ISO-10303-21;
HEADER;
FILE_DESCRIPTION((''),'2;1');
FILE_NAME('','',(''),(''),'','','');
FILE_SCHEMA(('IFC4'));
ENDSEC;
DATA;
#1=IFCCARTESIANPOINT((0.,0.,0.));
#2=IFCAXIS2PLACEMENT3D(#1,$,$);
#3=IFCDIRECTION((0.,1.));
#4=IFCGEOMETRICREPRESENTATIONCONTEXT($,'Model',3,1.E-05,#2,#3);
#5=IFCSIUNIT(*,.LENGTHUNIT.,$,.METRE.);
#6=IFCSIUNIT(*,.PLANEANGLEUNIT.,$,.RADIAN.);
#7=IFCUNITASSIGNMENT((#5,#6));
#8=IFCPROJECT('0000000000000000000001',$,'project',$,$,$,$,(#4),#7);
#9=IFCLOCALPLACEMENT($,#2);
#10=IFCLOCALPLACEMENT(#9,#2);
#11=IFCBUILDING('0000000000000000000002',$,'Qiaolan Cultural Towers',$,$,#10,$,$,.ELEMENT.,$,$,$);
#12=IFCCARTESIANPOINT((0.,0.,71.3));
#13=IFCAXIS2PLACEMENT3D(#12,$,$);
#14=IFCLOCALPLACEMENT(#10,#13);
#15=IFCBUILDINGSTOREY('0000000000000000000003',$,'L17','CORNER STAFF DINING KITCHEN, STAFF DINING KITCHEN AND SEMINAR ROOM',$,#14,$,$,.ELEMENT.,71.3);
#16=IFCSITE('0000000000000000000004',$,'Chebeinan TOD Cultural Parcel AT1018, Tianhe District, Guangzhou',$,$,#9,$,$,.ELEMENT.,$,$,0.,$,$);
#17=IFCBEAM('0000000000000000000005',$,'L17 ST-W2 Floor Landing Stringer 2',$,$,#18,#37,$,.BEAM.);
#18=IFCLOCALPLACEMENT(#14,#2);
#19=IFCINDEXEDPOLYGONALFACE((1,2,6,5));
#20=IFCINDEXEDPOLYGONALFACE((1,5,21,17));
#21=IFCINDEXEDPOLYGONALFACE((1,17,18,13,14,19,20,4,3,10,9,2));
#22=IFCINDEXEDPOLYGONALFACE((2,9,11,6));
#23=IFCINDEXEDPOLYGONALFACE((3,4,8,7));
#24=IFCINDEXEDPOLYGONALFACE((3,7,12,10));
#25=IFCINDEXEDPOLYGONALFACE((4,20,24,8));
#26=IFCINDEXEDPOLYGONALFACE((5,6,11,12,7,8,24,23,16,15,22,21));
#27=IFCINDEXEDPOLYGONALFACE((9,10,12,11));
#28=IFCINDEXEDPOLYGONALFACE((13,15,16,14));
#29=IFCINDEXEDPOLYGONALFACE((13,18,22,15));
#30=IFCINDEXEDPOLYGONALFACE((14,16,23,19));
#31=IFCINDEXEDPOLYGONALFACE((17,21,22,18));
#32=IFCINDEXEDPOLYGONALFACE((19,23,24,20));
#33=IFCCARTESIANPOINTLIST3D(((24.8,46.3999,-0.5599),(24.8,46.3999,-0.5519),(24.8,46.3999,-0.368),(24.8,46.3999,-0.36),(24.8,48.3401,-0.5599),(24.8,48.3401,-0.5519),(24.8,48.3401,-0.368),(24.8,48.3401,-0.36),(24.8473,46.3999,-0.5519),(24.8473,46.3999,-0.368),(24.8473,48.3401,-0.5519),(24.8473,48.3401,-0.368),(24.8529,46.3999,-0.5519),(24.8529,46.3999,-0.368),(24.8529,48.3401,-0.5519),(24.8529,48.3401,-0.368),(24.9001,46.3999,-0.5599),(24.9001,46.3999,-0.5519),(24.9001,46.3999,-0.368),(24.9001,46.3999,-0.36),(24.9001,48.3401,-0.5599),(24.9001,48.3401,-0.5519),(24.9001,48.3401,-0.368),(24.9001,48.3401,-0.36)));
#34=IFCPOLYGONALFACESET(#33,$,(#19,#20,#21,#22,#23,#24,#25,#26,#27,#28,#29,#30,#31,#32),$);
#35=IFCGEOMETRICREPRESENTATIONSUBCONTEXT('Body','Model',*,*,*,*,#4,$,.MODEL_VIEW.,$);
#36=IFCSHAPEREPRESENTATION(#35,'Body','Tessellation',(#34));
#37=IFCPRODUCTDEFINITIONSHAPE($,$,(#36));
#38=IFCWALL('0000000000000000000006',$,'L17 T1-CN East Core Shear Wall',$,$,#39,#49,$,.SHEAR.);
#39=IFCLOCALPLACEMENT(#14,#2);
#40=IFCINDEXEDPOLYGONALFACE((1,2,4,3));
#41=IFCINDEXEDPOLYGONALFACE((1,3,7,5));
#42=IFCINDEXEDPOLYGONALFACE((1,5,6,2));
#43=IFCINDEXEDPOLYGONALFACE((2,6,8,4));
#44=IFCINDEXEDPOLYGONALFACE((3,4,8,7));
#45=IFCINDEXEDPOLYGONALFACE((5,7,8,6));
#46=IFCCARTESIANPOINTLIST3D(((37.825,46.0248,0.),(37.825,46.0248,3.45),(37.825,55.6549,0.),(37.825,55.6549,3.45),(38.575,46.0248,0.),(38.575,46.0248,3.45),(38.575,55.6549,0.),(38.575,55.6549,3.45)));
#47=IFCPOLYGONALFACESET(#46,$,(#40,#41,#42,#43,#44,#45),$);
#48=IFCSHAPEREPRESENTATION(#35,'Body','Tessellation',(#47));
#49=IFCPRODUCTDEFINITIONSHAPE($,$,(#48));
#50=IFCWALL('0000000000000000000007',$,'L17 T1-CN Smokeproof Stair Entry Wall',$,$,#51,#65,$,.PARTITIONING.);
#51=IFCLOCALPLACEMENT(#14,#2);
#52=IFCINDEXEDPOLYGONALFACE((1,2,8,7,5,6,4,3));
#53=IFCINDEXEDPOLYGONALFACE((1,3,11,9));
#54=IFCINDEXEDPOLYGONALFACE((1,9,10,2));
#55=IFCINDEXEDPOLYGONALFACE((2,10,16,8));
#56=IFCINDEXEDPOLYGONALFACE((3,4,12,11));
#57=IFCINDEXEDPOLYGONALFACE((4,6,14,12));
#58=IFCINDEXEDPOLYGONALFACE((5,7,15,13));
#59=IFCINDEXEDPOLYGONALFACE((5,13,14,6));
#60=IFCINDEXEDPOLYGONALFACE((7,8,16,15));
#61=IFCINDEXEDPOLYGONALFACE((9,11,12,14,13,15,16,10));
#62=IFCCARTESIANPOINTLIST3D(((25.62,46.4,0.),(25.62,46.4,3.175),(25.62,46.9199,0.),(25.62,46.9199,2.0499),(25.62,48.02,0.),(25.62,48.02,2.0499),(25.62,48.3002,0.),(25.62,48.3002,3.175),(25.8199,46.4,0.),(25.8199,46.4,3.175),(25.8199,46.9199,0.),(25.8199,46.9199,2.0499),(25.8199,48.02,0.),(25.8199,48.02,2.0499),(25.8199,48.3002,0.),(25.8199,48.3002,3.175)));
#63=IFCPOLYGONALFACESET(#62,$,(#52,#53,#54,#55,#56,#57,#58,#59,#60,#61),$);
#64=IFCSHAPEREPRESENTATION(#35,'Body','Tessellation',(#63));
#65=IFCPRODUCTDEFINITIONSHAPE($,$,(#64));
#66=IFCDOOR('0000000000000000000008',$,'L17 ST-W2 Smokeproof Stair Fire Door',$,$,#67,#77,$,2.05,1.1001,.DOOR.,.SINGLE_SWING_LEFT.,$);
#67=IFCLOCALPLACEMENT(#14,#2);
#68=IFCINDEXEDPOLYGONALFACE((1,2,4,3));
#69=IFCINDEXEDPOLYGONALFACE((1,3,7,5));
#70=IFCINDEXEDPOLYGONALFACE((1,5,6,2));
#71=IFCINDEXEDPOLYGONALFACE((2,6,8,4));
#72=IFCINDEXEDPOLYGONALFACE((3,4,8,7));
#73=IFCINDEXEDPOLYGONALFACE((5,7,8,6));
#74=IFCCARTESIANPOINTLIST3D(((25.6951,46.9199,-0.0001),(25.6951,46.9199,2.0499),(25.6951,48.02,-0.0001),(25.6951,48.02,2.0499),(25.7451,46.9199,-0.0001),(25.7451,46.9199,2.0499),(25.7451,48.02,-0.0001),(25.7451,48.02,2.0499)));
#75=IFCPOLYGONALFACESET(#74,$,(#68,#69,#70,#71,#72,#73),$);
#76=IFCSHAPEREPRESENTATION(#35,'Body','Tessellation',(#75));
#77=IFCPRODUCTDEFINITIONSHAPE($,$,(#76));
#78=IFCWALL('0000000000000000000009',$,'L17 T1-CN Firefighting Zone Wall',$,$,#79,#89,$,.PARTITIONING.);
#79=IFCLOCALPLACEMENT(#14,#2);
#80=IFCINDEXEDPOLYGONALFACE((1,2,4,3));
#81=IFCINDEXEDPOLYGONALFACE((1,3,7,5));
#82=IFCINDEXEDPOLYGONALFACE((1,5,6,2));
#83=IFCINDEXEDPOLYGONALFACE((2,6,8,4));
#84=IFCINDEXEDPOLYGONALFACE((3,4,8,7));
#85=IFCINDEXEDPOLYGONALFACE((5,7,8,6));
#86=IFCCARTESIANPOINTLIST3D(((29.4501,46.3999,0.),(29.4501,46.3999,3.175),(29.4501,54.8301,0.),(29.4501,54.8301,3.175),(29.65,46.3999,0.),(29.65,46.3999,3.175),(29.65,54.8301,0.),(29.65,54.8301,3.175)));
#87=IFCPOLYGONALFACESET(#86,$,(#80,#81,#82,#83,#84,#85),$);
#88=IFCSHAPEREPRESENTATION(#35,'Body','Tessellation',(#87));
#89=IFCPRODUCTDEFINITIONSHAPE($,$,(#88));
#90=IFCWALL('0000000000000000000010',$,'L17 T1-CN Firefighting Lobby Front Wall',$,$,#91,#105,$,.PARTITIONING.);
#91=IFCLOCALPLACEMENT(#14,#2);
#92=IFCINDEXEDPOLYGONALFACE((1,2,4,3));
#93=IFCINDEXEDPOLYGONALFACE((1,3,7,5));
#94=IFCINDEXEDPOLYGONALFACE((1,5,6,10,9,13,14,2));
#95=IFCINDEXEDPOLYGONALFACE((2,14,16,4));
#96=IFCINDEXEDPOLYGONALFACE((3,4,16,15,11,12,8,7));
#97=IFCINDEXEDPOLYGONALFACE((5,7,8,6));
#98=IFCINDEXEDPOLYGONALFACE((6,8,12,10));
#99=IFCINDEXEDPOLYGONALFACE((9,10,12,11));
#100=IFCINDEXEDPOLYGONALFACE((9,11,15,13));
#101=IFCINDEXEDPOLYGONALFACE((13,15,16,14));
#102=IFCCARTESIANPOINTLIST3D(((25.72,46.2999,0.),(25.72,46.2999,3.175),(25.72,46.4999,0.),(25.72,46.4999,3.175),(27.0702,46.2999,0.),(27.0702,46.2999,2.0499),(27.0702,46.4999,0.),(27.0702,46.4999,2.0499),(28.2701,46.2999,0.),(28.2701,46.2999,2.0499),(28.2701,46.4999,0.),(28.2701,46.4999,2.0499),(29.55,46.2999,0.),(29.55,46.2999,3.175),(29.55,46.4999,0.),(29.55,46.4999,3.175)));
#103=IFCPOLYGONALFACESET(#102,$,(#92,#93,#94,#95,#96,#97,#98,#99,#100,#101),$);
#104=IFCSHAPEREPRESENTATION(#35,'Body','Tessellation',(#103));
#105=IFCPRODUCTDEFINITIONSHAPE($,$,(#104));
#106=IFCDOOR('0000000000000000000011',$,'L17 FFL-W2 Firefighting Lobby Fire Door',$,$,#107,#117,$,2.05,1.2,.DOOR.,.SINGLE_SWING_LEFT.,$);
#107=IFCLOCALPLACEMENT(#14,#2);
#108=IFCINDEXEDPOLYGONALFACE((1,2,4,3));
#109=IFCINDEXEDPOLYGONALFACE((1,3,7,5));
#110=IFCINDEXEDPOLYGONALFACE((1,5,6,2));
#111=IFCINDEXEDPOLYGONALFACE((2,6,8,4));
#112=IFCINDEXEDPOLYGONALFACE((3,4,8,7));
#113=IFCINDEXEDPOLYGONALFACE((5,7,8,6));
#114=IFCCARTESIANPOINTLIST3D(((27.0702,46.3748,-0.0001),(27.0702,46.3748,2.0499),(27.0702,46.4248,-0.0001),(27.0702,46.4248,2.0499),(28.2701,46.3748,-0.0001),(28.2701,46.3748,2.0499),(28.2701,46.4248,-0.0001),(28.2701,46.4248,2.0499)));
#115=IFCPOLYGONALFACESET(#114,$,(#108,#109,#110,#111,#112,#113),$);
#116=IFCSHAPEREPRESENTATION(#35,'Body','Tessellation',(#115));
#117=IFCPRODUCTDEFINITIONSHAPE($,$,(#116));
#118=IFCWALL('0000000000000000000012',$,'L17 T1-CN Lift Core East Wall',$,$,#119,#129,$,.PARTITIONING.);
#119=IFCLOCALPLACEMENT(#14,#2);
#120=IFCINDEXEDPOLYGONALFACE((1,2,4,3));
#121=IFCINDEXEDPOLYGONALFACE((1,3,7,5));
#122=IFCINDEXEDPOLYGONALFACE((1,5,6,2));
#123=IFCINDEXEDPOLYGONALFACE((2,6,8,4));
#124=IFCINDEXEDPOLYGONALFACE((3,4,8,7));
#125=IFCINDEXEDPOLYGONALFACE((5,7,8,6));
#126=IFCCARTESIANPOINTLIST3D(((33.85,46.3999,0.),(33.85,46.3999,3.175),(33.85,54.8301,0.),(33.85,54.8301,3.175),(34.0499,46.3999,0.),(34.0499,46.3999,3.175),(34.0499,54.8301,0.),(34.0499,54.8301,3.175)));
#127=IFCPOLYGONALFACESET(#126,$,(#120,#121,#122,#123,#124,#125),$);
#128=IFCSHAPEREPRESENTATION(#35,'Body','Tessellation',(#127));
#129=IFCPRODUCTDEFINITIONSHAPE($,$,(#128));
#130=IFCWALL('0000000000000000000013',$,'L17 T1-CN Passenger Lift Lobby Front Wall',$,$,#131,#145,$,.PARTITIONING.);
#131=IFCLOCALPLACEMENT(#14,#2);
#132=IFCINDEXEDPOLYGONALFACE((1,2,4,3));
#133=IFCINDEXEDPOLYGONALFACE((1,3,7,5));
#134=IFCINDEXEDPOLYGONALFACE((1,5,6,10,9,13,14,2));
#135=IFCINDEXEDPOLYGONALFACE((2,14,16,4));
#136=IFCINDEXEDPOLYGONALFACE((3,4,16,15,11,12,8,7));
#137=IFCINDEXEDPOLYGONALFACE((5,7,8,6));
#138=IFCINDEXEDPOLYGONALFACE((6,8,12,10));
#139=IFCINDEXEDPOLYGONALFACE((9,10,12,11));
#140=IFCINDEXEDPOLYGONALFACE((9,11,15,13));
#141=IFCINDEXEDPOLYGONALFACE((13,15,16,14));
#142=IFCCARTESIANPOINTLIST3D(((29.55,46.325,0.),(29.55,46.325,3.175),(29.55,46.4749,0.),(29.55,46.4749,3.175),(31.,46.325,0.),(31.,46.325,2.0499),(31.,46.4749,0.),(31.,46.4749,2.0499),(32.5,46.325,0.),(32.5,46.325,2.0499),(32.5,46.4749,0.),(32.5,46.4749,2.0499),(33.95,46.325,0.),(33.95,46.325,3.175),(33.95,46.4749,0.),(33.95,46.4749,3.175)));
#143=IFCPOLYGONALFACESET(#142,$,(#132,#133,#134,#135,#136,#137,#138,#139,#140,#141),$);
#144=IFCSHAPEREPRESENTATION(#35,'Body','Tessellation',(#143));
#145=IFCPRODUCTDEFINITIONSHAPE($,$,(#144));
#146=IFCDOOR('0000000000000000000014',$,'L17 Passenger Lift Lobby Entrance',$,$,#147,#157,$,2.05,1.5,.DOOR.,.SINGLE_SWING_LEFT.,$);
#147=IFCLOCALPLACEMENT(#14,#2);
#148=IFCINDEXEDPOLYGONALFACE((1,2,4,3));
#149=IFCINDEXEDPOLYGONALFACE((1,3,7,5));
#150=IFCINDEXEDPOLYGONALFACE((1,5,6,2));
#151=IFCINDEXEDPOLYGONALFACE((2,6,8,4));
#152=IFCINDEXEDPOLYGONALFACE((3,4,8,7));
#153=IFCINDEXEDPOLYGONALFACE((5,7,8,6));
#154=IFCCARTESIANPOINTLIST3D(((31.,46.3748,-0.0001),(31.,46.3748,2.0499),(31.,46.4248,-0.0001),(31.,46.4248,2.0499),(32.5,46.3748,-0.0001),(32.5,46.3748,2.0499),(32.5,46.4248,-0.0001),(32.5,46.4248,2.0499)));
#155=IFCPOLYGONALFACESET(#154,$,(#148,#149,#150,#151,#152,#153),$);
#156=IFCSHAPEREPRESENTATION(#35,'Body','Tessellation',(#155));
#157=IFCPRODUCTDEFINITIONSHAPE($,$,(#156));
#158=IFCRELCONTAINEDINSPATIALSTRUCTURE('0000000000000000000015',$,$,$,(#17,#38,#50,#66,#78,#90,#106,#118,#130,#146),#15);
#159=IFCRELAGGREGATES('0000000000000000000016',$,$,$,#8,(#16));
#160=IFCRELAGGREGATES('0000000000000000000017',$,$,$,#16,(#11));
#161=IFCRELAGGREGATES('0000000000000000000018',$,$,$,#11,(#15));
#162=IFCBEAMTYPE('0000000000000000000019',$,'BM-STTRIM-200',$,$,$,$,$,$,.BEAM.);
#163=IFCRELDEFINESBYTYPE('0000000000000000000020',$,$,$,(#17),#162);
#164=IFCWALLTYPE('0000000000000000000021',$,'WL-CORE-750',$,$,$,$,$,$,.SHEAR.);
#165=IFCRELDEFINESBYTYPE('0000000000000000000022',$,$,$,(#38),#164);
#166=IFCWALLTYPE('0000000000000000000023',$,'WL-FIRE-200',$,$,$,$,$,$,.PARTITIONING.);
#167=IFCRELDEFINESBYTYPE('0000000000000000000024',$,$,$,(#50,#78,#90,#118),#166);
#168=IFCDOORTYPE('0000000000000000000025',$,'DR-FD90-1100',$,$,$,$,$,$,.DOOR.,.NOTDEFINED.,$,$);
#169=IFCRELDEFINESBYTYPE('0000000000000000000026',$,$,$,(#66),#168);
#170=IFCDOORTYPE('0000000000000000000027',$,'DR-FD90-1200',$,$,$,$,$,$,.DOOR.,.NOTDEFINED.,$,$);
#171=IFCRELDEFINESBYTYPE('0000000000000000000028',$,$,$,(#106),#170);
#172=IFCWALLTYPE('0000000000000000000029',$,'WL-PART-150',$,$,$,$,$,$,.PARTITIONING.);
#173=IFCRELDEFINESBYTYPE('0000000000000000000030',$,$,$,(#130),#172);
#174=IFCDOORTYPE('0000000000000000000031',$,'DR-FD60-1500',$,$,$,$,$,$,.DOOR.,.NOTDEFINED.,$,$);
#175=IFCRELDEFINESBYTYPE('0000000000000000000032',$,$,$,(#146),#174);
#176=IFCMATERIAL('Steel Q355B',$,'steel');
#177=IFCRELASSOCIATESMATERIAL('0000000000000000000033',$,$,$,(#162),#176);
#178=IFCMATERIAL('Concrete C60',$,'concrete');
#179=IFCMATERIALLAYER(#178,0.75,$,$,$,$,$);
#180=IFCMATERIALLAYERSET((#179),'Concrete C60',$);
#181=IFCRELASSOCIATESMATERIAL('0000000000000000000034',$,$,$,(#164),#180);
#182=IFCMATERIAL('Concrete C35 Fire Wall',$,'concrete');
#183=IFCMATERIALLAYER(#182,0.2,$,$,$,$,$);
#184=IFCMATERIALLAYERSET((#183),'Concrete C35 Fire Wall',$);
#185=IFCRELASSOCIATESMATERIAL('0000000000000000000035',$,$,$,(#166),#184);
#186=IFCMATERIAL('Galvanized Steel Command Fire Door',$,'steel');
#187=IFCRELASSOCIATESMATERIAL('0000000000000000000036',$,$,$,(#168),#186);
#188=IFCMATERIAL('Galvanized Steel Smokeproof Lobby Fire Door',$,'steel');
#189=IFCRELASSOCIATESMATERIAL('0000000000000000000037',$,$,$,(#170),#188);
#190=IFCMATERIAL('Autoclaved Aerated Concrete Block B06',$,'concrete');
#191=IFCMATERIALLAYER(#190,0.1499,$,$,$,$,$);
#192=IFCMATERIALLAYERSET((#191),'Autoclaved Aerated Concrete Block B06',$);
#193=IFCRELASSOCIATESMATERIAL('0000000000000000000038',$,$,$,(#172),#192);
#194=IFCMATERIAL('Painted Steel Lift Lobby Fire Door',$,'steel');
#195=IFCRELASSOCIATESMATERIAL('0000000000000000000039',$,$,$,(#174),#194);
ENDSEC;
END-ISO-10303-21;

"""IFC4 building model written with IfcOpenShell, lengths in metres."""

from ifc_helpers import new_model, si_unit, direction, frame, frame_2d, origin, origin_2d, place, context, subcontext, project, spatial, rectangle, i_section, extrude, material, layer, layer_set, material_profile, profile_set, type_object, element, fill, save


model = new_model("IFC4")

# Units and contexts
model_context = context("Model", 3, precision=1e-05, world=origin(), true_north=direction((0.0, 1.0)))
body_context = subcontext(model_context, "Body", "Model", "MODEL_VIEW")
ifc_project = project(units=[si_unit("LENGTHUNIT", "METRE"), si_unit("PLANEANGLEUNIT", "RADIAN")], contexts=[model_context])

# Site, building, storey
site_placement = place(None, origin())
site = spatial("IfcSite", under=ifc_project, at=site_placement, Name="Chebeinan TOD Cultural Parcel AT1018, Tianhe District, Guangzhou", CompositionType="ELEMENT", RefElevation=0.0)
building_placement = place(site_placement, origin())
building = spatial("IfcBuilding", under=site, at=building_placement, Name="Qiaolan Cultural Towers", CompositionType="ELEMENT")
storey_placement = place(building_placement, frame((0.0, 0.0, 71.3)))
storey = spatial("IfcBuildingStorey", under=building, at=storey_placement, Name="L17", Description="CORNER STAFF DINING KITCHEN, STAFF DINING KITCHEN AND SEMINAR ROOM", CompositionType="ELEMENT", Elevation=71.3)

# Beam
ifc_material_1 = material(Name="Steel Q355B", Category="steel")
ifc_material_profile_1 = material_profile(ifc_material_1, i_section(OverallWidth=0.1001, OverallDepth=0.2, WebThickness=0.0056, FlangeThickness=0.0081, at=origin_2d()), Name="HN200x100x5.5x8")
ifc_profile_set_1 = profile_set([ifc_material_profile_1], Name="Steel Q355B")
beam_type_1 = type_object("IfcBeamType", Name="BM-STTRIM-200", PredefinedType="BEAM", material=ifc_profile_set_1)
beam_1_placement = place(storey_placement, frame((24.8501, 46.3999, -0.46), z_axis=(0.0, 1.0, 0.0), x_axis=(-1.0, 0.0, 0.0)))
element("IfcBeam", 1, at=beam_1_placement, inside=storey, type_object=beam_type_1, Name="L17 ST-W2 Floor Landing Stringer 2", PredefinedType="BEAM", context=body_context, shape_type="SweptSolid", body=[
    extrude(i_section(OverallWidth=0.1001, OverallDepth=0.2, WebThickness=0.0056, FlangeThickness=0.0081, at=origin_2d()), origin(), (0.0, 0.0, 1.0), 1.9402),
])

# Wall
ifc_material_2 = material(Name="Concrete C60", Category="concrete")
ifc_layer_1 = layer(ifc_material_2, 0.75)
ifc_layer_set_1 = layer_set([ifc_layer_1], Name="Concrete C60")
wall_type_1 = type_object("IfcWallType", Name="WL-CORE-750", PredefinedType="SHEAR", material=ifc_layer_set_1)
wall_1_placement = place(storey_placement, frame((38.2, 46.0249, 0.0), z_axis=(0.0, 0.0, 1.0), x_axis=(0.0, 1.0, 0.0)))
element("IfcWall", 2, at=wall_1_placement, inside=storey, type_object=wall_type_1, Name="L17 T1-CN East Core Shear Wall", PredefinedType="SHEAR", context=body_context, shape_type="SweptSolid", body=[
    extrude(rectangle(XDim=9.6301, YDim=0.75, at=frame_2d((4.8149, 0.0))), origin(), (0.0, 0.0, 1.0), 3.45),
])

# Wall, opening, door
ifc_material_3 = material(Name="Concrete C35 Fire Wall", Category="concrete")
ifc_layer_2 = layer(ifc_material_3, 0.2)
ifc_layer_set_2 = layer_set([ifc_layer_2], Name="Concrete C35 Fire Wall")
wall_type_2 = type_object("IfcWallType", Name="WL-FIRE-200", PredefinedType="PARTITIONING", material=ifc_layer_set_2)
wall_2_placement = place(storey_placement, frame((25.72, 46.3999, 0.0), z_axis=(0.0, 0.0, 1.0), x_axis=(0.0, 1.0, 0.0)))
wall_2 = element("IfcWall", 3, at=wall_2_placement, inside=storey, type_object=wall_type_2, Name="L17 T1-CN Smokeproof Stair Entry Wall", PredefinedType="PARTITIONING", context=body_context, shape_type="SweptSolid", body=[
    extrude(rectangle(XDim=1.9001, YDim=0.2, at=frame_2d((0.9502, 0.0))), origin(), (0.0, 0.0, 1.0), 3.175),
])
opening_1_placement = place(wall_2_placement, frame((0.52, 0.0, 0.0)))
opening_1 = element("IfcOpeningElement", 4, at=opening_1_placement, cuts=wall_2, PredefinedType="OPENING", context=body_context, shape_type="SweptSolid", body=[
    extrude(rectangle(XDim=1.1001, YDim=2.05, at=frame_2d((0.55, 1.0249))), frame((0.0, 0.1099, 0.0), z_axis=(0.0, -1.0, 0.0), x_axis=(1.0, 0.0, 0.0)), (0.0, 0.0, 1.0), 0.22),
])
ifc_material_4 = material(Name="Galvanized Steel Command Fire Door", Category="steel")
door_type_1 = type_object("IfcDoorType", Name="DR-FD90-1100", OperationType="NOTDEFINED", PredefinedType="DOOR", material=ifc_material_4)
door_1_placement = place(opening_1_placement, origin())
door_1 = element("IfcDoor", 5, at=door_1_placement, inside=storey, type_object=door_type_1, Name="L17 ST-W2 Smokeproof Stair Fire Door", OperationType="SINGLE_SWING_LEFT", OverallHeight=2.05, OverallWidth=1.1001, PredefinedType="DOOR", context=body_context, shape_type="SweptSolid", body=[
    extrude(rectangle(XDim=1.1001, YDim=2.05, at=frame_2d((0.55, 1.0249))), frame((0.0, 0.0249, 0.0), z_axis=(0.0, -1.0, 0.0), x_axis=(1.0, 0.0, 0.0)), (0.0, 0.0, 1.0), 0.05),
])
fill(opening_1, door_1)

# Wall
wall_3_placement = place(storey_placement, frame((29.55, 46.3999, 0.0), z_axis=(0.0, 0.0, 1.0), x_axis=(0.0, 1.0, 0.0)))
element("IfcWall", 6, at=wall_3_placement, inside=storey, type_object=wall_type_2, Name="L17 T1-CN Firefighting Zone Wall", PredefinedType="PARTITIONING", context=body_context, shape_type="SweptSolid", body=[
    extrude(rectangle(XDim=8.4302, YDim=0.2, at=frame_2d((4.2151, 0.0))), origin(), (0.0, 0.0, 1.0), 3.175),
])

# Wall, opening, door
wall_4_placement = place(storey_placement, frame((25.72, 46.3999, 0.0), z_axis=(0.0, 0.0, 1.0), x_axis=(1.0, 0.0, 0.0)))
wall_4 = element("IfcWall", 7, at=wall_4_placement, inside=storey, type_object=wall_type_2, Name="L17 T1-CN Firefighting Lobby Front Wall", PredefinedType="PARTITIONING", context=body_context, shape_type="SweptSolid", body=[
    extrude(rectangle(XDim=3.8301, YDim=0.2, at=frame_2d((1.915, 0.0))), origin(), (0.0, 0.0, 1.0), 3.175),
])
opening_2_placement = place(wall_4_placement, frame((1.3501, 0.0, 0.0)))
opening_2 = element("IfcOpeningElement", 8, at=opening_2_placement, cuts=wall_4, PredefinedType="OPENING", context=body_context, shape_type="SweptSolid", body=[
    extrude(rectangle(XDim=1.2, YDim=2.05, at=frame_2d((0.6001, 1.0249))), frame((0.0, 0.1099, 0.0), z_axis=(0.0, -1.0, 0.0), x_axis=(1.0, 0.0, 0.0)), (0.0, 0.0, 1.0), 0.22),
])
ifc_material_5 = material(Name="Galvanized Steel Smokeproof Lobby Fire Door", Category="steel")
door_type_2 = type_object("IfcDoorType", Name="DR-FD90-1200", OperationType="NOTDEFINED", PredefinedType="DOOR", material=ifc_material_5)
door_2_placement = place(opening_2_placement, origin())
door_2 = element("IfcDoor", 9, at=door_2_placement, inside=storey, type_object=door_type_2, Name="L17 FFL-W2 Firefighting Lobby Fire Door", OperationType="SINGLE_SWING_LEFT", OverallHeight=2.05, OverallWidth=1.2, PredefinedType="DOOR", context=body_context, shape_type="SweptSolid", body=[
    extrude(rectangle(XDim=1.2, YDim=2.05, at=frame_2d((0.6001, 1.0249))), frame((0.0, 0.0249, 0.0), z_axis=(0.0, -1.0, 0.0), x_axis=(1.0, 0.0, 0.0)), (0.0, 0.0, 1.0), 0.05),
])
fill(opening_2, door_2)

# Wall
wall_5_placement = place(storey_placement, frame((33.95, 46.3999, 0.0), z_axis=(0.0, 0.0, 1.0), x_axis=(0.0, 1.0, 0.0)))
element("IfcWall", 10, at=wall_5_placement, inside=storey, type_object=wall_type_2, Name="L17 T1-CN Lift Core East Wall", PredefinedType="PARTITIONING", context=body_context, shape_type="SweptSolid", body=[
    extrude(rectangle(XDim=8.4302, YDim=0.2, at=frame_2d((4.2151, 0.0))), origin(), (0.0, 0.0, 1.0), 3.175),
])

# Wall, opening, door
ifc_material_6 = material(Name="Autoclaved Aerated Concrete Block B06", Category="concrete")
ifc_layer_3 = layer(ifc_material_6, 0.1499)
ifc_layer_set_3 = layer_set([ifc_layer_3], Name="Autoclaved Aerated Concrete Block B06")
wall_type_3 = type_object("IfcWallType", Name="WL-PART-150", PredefinedType="PARTITIONING", material=ifc_layer_set_3)
wall_6_placement = place(storey_placement, frame((29.55, 46.3999, 0.0), z_axis=(0.0, 0.0, 1.0), x_axis=(1.0, 0.0, 0.0)))
wall_6 = element("IfcWall", 11, at=wall_6_placement, inside=storey, type_object=wall_type_3, Name="L17 T1-CN Passenger Lift Lobby Front Wall", PredefinedType="PARTITIONING", context=body_context, shape_type="SweptSolid", body=[
    extrude(rectangle(XDim=4.3999, YDim=0.1499, at=frame_2d((2.2, 0.0))), origin(), (0.0, 0.0, 1.0), 3.175),
])
opening_3_placement = place(wall_6_placement, frame((1.45, 0.0, 0.0)))
opening_3 = element("IfcOpeningElement", 12, at=opening_3_placement, cuts=wall_6, PredefinedType="OPENING", context=body_context, shape_type="SweptSolid", body=[
    extrude(rectangle(XDim=1.5, YDim=2.05, at=frame_2d((0.75, 1.0249))), frame((0.0, 0.085, 0.0), z_axis=(0.0, -1.0, 0.0), x_axis=(1.0, 0.0, 0.0)), (0.0, 0.0, 1.0), 0.1699),
])
ifc_material_7 = material(Name="Painted Steel Lift Lobby Fire Door", Category="steel")
door_type_3 = type_object("IfcDoorType", Name="DR-FD60-1500", OperationType="NOTDEFINED", PredefinedType="DOOR", material=ifc_material_7)
door_3_placement = place(opening_3_placement, origin())
door_3 = element("IfcDoor", 13, at=door_3_placement, inside=storey, type_object=door_type_3, Name="L17 Passenger Lift Lobby Entrance", OperationType="SINGLE_SWING_LEFT", OverallHeight=2.05, OverallWidth=1.5, PredefinedType="DOOR", context=body_context, shape_type="SweptSolid", body=[
    extrude(rectangle(XDim=1.5, YDim=2.05, at=frame_2d((0.75, 1.0249))), frame((0.0, 0.0249, 0.0), z_axis=(0.0, -1.0, 0.0), x_axis=(1.0, 0.0, 0.0)), (0.0, 0.0, 1.0), 0.05),
])
fill(opening_3, door_3)

save(model, "model.ifc")
